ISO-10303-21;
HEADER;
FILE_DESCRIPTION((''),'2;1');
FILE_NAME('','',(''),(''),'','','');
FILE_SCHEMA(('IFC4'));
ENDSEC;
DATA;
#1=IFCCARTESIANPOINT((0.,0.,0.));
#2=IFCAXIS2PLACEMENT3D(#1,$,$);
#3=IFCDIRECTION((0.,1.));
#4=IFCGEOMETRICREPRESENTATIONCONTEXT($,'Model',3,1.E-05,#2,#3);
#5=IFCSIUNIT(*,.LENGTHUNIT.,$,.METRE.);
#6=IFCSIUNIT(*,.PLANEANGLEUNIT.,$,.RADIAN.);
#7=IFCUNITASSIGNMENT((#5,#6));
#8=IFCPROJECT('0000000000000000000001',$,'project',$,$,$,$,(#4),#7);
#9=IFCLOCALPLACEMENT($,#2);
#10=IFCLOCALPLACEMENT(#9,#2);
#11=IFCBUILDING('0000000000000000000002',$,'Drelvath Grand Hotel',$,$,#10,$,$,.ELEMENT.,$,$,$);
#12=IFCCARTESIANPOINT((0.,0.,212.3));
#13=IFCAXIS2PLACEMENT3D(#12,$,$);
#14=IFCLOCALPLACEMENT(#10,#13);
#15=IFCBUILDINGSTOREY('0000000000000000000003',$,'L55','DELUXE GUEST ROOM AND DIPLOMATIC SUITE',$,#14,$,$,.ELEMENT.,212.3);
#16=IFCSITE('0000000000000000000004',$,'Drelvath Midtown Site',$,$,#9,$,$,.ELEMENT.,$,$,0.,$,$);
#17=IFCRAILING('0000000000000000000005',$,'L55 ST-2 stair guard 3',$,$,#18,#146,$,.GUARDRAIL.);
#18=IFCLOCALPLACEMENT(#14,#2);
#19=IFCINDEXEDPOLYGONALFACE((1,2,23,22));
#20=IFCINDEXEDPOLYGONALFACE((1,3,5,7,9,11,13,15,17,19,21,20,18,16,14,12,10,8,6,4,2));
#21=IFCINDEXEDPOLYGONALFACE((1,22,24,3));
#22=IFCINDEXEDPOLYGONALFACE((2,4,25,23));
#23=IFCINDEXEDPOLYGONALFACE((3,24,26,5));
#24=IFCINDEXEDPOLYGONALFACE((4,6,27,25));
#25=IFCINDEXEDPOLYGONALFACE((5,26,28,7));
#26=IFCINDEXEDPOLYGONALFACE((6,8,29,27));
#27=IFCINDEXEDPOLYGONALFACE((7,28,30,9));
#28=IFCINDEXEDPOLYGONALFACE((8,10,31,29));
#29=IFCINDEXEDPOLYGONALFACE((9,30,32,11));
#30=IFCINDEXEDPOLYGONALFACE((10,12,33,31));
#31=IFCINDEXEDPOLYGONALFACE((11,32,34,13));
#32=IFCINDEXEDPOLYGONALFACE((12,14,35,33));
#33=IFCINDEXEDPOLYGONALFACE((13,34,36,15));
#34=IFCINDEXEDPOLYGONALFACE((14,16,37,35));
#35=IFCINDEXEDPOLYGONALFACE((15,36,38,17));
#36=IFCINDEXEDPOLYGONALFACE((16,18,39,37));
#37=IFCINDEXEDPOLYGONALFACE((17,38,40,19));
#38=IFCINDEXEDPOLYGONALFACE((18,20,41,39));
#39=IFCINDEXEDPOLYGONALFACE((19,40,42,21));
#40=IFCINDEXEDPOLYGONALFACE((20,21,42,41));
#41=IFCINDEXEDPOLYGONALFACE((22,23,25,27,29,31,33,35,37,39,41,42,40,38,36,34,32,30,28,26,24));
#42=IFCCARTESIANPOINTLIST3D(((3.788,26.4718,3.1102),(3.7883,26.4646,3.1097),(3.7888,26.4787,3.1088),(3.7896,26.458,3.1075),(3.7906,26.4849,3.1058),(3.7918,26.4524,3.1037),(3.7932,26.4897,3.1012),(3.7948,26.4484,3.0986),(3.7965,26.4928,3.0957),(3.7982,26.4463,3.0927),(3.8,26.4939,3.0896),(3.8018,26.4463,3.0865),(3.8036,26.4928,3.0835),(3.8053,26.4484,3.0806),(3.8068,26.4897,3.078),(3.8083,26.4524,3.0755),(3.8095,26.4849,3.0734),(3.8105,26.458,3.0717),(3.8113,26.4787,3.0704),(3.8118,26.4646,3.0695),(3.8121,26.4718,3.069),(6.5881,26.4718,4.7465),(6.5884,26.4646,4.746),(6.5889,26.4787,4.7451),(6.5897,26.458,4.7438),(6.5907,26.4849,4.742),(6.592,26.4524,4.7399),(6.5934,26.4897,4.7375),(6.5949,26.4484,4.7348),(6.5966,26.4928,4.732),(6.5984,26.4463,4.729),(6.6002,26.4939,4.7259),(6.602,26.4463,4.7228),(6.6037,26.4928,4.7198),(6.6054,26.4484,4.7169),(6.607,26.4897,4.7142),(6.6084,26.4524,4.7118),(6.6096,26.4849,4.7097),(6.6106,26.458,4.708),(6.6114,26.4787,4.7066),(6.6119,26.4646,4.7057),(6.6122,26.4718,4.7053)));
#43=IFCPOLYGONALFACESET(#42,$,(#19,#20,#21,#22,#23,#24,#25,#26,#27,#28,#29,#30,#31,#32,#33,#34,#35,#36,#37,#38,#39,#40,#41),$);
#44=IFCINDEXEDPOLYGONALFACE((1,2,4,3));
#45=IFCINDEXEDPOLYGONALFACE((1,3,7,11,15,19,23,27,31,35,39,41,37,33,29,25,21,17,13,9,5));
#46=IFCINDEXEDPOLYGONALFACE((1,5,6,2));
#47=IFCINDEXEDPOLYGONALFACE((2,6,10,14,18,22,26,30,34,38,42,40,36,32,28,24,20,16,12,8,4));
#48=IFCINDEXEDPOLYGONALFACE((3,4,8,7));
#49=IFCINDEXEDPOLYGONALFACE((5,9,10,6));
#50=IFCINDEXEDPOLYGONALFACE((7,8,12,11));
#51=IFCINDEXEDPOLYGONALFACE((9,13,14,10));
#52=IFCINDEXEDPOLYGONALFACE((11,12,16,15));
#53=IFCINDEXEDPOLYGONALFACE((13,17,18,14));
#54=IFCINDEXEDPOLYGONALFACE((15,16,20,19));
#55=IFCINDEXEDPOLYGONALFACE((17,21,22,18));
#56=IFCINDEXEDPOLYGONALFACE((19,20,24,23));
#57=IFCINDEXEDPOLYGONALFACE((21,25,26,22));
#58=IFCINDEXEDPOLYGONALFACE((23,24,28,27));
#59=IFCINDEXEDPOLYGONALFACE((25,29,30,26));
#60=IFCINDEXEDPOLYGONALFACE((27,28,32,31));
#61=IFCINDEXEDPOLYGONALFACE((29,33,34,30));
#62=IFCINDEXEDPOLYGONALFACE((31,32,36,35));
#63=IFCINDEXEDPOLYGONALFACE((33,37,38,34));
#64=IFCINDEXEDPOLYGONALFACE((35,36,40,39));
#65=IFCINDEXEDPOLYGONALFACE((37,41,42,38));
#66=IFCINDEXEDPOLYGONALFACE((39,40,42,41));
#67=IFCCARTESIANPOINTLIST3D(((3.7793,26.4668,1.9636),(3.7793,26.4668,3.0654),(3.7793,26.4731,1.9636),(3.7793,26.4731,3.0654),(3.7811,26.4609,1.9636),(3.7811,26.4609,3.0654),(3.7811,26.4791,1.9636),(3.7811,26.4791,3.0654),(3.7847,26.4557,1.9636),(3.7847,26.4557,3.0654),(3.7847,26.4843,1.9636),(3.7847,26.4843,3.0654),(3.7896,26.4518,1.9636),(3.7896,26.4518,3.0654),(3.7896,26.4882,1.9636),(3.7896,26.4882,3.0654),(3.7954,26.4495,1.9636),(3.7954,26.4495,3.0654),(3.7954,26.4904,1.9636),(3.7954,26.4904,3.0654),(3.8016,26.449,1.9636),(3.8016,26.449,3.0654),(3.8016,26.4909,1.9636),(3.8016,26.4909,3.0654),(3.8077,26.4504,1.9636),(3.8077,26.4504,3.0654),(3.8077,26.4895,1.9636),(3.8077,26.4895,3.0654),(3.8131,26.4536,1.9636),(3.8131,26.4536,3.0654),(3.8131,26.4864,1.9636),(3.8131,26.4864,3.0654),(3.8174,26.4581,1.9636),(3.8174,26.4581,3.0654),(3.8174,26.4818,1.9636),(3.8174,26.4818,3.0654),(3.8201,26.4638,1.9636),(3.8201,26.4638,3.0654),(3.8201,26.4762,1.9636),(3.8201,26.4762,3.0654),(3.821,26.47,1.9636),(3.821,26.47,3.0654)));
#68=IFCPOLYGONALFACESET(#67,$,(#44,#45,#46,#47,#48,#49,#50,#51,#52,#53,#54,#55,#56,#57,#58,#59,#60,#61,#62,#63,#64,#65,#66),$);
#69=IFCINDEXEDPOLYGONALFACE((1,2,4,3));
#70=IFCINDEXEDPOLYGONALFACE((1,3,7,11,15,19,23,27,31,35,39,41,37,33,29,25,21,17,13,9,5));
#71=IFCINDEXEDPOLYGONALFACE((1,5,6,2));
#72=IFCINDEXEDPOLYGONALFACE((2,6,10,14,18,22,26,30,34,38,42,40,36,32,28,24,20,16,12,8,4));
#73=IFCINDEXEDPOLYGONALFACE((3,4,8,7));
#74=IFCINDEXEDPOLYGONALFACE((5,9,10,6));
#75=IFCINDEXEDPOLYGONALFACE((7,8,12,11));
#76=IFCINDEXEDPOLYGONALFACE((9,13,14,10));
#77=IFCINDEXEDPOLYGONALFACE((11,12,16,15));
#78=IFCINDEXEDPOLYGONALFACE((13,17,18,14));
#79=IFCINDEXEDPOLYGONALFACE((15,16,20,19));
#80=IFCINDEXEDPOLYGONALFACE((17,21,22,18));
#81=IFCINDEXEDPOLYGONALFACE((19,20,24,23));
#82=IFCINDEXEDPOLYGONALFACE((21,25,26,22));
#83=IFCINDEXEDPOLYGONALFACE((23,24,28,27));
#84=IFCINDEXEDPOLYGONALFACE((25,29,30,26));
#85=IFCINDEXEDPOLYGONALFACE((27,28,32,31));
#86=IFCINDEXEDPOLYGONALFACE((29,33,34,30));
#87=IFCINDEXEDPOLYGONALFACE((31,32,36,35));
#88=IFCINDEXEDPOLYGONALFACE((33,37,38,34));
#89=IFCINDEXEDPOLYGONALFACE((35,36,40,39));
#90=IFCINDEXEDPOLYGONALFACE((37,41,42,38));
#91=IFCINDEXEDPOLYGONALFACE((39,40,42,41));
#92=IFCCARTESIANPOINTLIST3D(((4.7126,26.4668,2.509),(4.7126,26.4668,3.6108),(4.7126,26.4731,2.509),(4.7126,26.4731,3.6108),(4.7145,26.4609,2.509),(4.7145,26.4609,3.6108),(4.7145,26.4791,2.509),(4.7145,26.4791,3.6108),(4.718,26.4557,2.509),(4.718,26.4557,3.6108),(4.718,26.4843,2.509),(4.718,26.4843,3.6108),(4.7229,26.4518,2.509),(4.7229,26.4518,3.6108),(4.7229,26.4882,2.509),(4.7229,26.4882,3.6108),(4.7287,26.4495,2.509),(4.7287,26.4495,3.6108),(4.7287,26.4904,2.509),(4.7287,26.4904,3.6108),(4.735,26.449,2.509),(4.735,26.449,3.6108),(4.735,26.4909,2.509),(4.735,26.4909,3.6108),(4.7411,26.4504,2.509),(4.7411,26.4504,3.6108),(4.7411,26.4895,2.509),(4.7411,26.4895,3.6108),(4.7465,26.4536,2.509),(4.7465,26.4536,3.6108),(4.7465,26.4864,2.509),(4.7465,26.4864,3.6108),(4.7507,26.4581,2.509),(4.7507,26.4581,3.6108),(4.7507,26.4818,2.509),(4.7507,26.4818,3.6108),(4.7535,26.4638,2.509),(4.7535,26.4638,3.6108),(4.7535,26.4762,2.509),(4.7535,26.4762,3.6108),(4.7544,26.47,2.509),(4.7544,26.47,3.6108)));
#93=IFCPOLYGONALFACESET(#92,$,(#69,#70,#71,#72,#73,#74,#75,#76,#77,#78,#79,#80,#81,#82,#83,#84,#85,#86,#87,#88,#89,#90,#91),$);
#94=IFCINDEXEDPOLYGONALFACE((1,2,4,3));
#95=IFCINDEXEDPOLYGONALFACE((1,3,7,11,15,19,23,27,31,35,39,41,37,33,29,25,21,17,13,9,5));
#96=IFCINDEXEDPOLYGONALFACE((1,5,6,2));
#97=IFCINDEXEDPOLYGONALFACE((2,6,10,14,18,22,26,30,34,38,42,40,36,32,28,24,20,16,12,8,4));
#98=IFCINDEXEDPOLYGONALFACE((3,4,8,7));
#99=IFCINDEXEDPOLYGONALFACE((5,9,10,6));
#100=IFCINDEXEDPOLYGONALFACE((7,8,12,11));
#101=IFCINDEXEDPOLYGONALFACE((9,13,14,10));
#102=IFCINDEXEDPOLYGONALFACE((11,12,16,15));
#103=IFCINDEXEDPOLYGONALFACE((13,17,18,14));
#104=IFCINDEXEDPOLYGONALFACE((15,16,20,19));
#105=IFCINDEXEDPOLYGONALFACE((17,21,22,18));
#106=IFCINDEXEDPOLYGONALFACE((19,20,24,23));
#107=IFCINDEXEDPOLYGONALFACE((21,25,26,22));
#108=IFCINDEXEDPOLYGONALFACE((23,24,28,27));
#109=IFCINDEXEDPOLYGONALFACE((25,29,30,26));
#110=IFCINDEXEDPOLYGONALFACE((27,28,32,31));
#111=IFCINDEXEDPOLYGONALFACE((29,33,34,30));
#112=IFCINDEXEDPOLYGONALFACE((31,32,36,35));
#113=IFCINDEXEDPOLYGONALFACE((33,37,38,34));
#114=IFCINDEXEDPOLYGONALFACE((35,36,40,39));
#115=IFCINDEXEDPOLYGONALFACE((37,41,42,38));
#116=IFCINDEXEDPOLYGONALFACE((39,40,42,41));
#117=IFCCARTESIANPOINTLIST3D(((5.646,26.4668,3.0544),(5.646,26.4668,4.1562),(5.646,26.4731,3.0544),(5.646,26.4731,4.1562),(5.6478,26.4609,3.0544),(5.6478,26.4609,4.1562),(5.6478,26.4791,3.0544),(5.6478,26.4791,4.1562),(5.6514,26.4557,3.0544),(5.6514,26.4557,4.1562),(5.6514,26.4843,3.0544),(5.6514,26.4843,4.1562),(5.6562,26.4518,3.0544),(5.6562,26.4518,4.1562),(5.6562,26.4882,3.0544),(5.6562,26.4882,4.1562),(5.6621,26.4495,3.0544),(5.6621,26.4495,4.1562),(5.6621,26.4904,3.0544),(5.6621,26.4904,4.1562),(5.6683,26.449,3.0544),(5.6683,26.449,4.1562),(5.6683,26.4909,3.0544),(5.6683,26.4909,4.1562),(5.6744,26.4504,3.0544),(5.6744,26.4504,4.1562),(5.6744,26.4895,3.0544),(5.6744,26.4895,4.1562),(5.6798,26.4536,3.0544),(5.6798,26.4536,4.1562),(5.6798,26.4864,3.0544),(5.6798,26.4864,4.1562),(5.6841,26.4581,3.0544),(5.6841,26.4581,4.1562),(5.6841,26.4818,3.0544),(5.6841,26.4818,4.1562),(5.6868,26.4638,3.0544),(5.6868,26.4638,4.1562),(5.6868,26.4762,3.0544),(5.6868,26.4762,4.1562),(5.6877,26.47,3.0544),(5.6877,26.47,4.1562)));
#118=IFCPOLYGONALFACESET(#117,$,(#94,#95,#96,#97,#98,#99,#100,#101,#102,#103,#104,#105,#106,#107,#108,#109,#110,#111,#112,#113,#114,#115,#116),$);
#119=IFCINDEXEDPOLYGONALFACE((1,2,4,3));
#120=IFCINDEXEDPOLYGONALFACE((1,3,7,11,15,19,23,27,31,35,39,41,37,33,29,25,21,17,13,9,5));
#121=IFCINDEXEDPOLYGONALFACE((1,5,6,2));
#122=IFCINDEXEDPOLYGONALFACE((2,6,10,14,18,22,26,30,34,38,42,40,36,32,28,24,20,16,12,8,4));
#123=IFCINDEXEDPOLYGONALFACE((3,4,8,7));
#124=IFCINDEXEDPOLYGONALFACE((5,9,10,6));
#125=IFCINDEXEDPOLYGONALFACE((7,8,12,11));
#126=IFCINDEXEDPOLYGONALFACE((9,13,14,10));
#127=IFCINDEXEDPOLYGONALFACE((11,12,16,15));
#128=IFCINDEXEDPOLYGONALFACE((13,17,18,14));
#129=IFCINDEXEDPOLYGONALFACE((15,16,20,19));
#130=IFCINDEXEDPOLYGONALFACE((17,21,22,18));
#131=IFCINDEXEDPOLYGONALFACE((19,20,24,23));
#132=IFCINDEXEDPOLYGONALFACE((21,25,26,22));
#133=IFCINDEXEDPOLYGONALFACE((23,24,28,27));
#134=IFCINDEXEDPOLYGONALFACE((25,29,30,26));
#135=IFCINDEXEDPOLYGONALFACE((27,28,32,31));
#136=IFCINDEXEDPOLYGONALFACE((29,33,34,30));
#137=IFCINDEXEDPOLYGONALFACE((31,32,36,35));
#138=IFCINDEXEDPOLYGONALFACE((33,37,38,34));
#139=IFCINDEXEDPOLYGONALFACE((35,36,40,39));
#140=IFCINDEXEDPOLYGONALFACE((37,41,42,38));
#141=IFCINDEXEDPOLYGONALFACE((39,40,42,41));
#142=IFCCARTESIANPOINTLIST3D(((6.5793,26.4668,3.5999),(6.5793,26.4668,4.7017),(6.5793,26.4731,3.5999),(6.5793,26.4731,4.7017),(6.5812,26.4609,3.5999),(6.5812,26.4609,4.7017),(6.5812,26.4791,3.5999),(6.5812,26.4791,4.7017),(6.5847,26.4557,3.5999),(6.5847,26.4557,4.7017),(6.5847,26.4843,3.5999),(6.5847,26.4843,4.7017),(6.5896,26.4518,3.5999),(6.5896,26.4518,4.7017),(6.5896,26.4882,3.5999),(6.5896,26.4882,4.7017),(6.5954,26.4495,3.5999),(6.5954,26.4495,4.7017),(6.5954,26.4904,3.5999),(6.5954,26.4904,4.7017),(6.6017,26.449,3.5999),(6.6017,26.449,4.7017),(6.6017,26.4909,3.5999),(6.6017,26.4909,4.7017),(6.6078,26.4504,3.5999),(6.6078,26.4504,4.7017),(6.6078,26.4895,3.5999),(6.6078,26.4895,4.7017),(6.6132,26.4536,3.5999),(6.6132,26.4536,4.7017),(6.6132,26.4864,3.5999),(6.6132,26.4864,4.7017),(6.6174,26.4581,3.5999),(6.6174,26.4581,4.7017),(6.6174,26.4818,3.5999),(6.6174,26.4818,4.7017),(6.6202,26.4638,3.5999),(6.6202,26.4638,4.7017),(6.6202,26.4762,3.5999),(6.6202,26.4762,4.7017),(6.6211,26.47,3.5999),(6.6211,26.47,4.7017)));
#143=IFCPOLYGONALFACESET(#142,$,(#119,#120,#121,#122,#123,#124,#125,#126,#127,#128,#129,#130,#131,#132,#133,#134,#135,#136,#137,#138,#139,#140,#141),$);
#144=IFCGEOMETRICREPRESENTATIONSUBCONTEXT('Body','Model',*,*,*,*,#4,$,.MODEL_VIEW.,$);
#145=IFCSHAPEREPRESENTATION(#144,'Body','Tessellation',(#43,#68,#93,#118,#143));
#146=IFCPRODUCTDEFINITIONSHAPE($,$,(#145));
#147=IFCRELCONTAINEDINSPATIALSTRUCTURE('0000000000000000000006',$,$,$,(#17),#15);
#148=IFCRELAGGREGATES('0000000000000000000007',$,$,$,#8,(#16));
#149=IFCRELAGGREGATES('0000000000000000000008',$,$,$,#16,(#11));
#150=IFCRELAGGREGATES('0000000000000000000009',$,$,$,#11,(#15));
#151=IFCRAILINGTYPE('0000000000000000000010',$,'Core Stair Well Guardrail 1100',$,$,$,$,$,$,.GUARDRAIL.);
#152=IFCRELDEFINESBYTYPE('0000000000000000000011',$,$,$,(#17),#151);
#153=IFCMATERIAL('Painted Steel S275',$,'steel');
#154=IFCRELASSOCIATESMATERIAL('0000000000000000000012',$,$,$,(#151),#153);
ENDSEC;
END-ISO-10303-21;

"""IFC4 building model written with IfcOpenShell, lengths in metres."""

from ifc_helpers import new_model, si_unit, direction, frame, origin, origin_2d, place, context, subcontext, project, spatial, circle, extrude, material, type_object, element, save


model = new_model("IFC4")

# Units and contexts
model_context = context("Model", 3, precision=1e-05, world=origin(), true_north=direction((0.0, 1.0)))
body_context = subcontext(model_context, "Body", "Model", "MODEL_VIEW")
ifc_project = project(units=[si_unit("LENGTHUNIT", "METRE"), si_unit("PLANEANGLEUNIT", "RADIAN")], contexts=[model_context])

# Site, building, storey
site_placement = place(None, origin())
site = spatial("IfcSite", under=ifc_project, at=site_placement, Name="Drelvath Midtown Site", CompositionType="ELEMENT", RefElevation=0.0)
building_placement = place(site_placement, origin())
building = spatial("IfcBuilding", under=site, at=building_placement, Name="Drelvath Grand Hotel", CompositionType="ELEMENT")
storey_placement = place(building_placement, frame((0.0, 0.0, 212.3)))
storey = spatial("IfcBuildingStorey", under=building, at=storey_placement, Name="L55", Description="DELUXE GUEST ROOM AND DIPLOMATIC SUITE", CompositionType="ELEMENT", Elevation=212.3)

# Railing
ifc_material_1 = material(Name="Painted Steel S275", Category="steel")
railing_type_1 = type_object("IfcRailingType", Name="Core Stair Well Guardrail 1100", PredefinedType="GUARDRAIL", material=ifc_material_1)
railing_1_placement = place(storey_placement, frame((3.8, 26.47, 1.9636)))
element("IfcRailing", 1, at=railing_1_placement, inside=storey, type_object=railing_type_1, Name="L55 ST-2 stair guard 3", PredefinedType="GUARDRAIL", context=body_context, shape_type="SweptSolid", body=[
    extrude(circle(Radius=0.0239, at=origin_2d()), frame((0.0, 0.0, 1.126), z_axis=(0.863394, 0.0, 0.504531), x_axis=(0.0, 1.0, 0.0)), (0.0, 0.0, 1.0), 3.2432),
    extrude(circle(Radius=0.021, at=origin_2d()), origin(), (0.0, 0.0, 1.0), 1.1018),
    extrude(circle(Radius=0.021, at=origin_2d()), frame((0.9333, 0.0, 0.5454)), (0.0, 0.0, 1.0), 1.1018),
    extrude(circle(Radius=0.021, at=origin_2d()), frame((1.8667, 0.0, 1.0908)), (0.0, 0.0, 1.0), 1.1018),
    extrude(circle(Radius=0.021, at=origin_2d()), frame((2.8, 0.0, 1.6362)), (0.0, 0.0, 1.0), 1.1018),
])

save(model, "model.ifc")
